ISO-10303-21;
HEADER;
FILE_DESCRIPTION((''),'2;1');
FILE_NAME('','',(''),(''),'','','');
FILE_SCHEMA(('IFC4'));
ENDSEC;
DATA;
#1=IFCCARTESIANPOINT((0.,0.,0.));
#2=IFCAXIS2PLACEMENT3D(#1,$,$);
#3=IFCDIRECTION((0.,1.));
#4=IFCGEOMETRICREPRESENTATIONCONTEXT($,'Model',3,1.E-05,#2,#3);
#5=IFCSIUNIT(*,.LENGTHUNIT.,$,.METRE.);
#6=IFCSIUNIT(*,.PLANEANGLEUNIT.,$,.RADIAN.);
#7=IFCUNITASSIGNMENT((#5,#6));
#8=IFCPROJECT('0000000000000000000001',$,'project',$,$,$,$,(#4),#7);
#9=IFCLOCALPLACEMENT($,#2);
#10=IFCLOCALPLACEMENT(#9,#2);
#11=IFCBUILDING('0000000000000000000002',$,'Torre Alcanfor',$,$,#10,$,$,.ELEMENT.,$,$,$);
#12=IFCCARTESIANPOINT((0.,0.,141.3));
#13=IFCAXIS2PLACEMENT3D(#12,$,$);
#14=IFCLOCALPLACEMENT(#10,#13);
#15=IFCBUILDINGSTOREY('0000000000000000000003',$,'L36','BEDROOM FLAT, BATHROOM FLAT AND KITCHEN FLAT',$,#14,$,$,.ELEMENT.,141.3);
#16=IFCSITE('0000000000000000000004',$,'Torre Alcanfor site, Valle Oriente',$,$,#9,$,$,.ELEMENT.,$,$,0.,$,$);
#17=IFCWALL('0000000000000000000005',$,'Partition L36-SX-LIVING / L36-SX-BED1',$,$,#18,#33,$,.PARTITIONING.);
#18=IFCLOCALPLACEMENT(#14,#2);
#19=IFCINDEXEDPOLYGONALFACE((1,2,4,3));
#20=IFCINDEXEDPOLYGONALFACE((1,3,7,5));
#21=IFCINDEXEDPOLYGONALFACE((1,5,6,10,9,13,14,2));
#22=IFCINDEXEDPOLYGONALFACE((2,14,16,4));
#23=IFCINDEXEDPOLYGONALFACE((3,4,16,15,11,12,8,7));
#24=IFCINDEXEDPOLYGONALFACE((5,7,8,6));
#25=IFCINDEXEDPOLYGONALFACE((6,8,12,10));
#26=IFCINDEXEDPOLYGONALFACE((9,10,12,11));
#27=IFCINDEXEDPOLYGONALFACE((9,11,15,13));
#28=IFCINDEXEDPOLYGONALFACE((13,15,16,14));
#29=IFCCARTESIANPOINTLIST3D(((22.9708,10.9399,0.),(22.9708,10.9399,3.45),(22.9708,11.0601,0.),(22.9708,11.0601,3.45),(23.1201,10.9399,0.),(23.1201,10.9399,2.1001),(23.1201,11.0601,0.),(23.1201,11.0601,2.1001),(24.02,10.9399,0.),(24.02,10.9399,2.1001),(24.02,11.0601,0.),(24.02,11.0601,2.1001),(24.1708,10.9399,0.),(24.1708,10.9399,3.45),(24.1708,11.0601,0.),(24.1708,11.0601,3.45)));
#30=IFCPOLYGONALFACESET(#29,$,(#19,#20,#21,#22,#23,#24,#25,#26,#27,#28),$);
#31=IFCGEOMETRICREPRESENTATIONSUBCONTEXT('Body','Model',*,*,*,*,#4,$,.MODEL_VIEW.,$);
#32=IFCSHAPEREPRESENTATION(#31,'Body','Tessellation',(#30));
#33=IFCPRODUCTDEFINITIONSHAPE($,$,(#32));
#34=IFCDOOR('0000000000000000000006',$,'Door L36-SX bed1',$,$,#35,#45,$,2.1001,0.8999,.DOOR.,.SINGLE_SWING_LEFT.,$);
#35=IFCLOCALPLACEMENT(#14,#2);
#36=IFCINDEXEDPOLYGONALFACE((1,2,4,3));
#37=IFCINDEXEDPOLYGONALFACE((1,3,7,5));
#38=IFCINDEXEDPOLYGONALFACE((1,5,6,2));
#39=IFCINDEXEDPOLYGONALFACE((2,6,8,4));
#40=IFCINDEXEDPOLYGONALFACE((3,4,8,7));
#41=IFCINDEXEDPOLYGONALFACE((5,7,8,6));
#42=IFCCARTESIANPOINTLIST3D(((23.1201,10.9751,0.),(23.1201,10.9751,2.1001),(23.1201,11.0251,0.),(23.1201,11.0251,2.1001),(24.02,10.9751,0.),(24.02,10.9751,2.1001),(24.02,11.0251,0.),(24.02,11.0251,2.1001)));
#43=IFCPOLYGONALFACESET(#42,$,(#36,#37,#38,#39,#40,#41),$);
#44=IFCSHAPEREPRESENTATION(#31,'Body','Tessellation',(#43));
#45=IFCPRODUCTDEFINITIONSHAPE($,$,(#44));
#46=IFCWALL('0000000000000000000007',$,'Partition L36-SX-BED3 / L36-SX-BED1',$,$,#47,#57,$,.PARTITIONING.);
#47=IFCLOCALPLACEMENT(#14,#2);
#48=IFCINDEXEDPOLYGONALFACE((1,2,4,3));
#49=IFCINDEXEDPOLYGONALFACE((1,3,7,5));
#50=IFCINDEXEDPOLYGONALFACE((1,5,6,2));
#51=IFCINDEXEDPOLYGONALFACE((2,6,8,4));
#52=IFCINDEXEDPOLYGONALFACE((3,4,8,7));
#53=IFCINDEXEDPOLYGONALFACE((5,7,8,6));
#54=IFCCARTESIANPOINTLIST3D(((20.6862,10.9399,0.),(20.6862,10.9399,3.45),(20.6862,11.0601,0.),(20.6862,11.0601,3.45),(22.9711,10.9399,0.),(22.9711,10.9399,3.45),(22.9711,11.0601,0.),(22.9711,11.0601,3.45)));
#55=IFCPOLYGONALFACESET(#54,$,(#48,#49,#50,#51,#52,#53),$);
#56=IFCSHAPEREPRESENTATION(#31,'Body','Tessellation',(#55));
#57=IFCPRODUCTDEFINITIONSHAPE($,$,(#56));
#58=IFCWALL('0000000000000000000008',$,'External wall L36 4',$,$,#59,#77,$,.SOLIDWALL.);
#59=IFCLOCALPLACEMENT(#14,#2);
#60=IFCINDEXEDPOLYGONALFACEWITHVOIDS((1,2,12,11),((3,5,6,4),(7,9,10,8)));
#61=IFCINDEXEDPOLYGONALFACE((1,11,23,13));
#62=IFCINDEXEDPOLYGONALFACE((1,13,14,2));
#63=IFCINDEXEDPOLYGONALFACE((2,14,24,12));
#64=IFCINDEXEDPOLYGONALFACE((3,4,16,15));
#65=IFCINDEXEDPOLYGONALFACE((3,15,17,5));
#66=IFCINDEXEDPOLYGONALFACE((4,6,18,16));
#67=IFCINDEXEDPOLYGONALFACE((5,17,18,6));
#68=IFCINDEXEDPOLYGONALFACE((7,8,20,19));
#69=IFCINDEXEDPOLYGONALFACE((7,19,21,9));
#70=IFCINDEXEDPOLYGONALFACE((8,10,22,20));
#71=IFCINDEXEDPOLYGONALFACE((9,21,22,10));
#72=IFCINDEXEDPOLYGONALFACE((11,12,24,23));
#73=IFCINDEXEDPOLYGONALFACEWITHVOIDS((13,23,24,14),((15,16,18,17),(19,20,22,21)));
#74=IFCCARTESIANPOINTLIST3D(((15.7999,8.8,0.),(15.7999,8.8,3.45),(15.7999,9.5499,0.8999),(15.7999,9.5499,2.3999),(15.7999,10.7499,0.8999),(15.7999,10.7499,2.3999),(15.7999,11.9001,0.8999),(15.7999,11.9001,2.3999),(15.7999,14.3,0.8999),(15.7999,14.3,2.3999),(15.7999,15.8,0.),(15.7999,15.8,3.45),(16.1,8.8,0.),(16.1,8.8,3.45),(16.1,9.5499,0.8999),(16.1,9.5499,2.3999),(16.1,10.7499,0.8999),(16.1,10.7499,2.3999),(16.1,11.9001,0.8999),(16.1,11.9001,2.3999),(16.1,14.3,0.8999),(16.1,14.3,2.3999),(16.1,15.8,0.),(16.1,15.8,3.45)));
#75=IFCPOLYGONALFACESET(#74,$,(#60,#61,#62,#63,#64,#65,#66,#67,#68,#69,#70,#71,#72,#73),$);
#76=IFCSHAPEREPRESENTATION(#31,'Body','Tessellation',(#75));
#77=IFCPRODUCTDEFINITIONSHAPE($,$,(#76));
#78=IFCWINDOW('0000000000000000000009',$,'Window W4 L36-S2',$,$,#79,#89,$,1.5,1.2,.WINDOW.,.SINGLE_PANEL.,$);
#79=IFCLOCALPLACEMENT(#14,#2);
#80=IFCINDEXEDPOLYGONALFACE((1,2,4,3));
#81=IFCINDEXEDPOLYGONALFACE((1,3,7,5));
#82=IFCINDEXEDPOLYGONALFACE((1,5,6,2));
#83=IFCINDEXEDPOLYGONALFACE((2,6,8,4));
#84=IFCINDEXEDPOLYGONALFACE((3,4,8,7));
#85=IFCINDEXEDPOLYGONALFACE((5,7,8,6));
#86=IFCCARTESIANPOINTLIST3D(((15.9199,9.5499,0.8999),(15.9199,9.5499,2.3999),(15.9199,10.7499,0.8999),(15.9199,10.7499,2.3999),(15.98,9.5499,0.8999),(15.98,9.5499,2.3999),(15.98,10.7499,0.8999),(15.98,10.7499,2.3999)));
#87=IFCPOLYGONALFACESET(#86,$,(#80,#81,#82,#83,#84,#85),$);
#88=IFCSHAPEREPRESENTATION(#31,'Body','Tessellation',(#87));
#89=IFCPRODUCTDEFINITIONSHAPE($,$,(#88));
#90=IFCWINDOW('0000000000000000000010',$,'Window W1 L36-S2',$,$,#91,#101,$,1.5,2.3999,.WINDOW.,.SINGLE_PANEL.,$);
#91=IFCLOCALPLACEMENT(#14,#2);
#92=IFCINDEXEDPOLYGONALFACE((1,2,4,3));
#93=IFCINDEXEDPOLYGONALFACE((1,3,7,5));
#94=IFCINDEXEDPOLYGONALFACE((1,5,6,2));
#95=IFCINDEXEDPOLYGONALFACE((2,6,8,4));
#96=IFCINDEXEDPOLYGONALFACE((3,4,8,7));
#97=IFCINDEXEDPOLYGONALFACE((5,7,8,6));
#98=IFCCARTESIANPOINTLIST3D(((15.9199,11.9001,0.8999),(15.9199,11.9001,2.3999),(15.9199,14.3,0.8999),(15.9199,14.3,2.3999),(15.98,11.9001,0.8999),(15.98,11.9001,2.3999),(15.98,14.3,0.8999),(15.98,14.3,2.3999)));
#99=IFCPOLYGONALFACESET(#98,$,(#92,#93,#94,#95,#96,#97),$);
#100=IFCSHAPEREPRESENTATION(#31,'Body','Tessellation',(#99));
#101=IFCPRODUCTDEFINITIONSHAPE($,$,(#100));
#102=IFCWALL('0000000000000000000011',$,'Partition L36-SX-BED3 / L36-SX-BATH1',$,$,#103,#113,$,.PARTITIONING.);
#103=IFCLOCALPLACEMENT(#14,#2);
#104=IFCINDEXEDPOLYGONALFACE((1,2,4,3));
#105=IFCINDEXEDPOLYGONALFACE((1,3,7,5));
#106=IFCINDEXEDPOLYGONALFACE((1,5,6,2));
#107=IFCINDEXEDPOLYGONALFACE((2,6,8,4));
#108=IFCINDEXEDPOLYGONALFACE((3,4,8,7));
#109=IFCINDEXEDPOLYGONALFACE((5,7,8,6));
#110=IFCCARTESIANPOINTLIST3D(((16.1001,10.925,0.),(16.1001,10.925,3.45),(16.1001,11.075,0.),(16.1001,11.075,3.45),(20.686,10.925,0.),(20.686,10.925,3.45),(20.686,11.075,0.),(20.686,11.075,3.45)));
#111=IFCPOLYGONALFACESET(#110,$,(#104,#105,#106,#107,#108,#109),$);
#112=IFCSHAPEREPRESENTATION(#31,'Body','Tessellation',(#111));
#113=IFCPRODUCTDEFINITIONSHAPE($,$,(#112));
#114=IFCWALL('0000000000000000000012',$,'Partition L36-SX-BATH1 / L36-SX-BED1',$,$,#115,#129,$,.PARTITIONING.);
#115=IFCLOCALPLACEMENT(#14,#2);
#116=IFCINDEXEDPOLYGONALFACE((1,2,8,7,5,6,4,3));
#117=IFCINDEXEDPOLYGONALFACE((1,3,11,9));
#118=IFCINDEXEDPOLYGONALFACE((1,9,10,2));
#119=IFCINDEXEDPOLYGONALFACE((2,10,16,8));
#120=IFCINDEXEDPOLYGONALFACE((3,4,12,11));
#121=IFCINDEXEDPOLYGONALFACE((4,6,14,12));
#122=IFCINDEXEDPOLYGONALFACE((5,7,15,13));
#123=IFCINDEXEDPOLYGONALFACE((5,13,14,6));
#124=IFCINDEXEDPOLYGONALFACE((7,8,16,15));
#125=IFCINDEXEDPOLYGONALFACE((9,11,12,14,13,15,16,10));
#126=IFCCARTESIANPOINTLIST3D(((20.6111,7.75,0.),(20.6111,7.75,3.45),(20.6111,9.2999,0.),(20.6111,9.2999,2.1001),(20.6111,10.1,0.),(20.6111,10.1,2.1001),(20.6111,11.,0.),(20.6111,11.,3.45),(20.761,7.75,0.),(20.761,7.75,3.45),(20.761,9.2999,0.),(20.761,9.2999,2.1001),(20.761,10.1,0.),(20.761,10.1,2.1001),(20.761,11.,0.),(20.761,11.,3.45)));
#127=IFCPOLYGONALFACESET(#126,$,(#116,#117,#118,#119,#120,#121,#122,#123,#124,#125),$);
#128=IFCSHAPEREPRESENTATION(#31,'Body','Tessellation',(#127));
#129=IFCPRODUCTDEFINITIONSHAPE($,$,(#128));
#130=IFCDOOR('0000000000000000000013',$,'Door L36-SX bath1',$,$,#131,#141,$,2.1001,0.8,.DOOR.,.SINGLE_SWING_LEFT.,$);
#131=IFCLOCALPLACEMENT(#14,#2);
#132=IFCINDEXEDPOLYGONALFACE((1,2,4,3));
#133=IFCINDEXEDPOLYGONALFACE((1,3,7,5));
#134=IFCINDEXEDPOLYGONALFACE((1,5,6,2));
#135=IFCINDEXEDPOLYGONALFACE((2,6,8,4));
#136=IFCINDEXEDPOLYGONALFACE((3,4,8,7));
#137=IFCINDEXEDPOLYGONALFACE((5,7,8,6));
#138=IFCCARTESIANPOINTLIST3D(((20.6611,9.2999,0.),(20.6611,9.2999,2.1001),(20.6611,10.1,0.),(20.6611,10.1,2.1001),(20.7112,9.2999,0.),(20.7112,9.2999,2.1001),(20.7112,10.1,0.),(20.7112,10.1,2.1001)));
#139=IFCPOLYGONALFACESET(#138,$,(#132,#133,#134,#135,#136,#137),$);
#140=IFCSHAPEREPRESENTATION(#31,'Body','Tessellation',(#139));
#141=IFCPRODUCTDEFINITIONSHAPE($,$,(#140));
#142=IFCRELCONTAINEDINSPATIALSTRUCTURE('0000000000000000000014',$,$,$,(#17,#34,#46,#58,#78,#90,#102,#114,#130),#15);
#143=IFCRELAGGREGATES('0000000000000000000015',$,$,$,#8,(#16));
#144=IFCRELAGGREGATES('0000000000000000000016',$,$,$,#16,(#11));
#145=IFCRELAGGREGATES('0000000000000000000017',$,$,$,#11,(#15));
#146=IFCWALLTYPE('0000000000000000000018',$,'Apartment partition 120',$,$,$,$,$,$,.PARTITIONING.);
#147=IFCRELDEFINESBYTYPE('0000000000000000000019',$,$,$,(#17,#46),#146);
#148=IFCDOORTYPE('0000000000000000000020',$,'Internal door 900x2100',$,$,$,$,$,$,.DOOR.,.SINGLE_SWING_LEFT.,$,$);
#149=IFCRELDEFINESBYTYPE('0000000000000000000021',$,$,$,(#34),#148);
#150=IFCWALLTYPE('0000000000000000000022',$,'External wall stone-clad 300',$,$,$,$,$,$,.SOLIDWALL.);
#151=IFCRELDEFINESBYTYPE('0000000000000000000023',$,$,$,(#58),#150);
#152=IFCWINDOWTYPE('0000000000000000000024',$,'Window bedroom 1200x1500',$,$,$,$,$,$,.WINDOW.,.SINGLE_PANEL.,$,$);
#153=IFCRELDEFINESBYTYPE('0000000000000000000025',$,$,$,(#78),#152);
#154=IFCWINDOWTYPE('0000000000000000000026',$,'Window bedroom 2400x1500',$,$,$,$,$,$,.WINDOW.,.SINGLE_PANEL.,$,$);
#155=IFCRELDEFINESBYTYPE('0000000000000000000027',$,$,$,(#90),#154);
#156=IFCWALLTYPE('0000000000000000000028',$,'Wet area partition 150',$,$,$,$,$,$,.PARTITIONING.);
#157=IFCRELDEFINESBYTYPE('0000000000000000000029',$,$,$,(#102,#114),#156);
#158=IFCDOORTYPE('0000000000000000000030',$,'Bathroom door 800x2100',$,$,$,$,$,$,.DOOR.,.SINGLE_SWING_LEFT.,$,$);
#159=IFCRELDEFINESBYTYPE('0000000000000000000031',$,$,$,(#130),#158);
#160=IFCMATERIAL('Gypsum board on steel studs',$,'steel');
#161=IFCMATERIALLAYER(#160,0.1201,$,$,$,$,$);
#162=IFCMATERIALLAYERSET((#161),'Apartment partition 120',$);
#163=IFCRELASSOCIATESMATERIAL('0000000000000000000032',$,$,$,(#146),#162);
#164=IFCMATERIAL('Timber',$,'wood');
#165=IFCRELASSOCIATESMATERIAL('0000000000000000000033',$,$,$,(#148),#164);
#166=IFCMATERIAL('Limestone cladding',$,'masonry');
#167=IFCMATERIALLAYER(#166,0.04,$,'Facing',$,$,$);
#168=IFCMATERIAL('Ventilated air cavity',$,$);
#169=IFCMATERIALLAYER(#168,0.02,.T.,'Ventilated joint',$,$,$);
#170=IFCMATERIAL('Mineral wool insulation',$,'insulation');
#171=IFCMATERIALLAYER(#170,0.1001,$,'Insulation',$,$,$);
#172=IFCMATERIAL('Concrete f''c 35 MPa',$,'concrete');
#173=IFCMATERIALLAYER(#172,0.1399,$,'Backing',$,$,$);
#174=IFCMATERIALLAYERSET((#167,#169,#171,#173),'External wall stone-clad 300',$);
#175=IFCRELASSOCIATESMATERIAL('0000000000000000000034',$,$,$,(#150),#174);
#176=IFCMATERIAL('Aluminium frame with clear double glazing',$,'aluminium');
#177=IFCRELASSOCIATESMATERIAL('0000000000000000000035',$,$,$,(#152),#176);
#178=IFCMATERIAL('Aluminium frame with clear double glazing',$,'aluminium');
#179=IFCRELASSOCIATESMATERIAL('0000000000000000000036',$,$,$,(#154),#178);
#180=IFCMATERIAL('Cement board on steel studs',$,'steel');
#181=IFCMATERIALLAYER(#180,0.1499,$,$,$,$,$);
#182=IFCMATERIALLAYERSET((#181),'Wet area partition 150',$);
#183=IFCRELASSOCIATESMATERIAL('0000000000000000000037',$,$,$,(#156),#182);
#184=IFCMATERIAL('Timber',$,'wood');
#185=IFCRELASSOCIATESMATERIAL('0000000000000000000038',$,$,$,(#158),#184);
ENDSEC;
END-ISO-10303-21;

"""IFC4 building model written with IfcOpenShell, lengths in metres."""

from ifc_helpers import new_model, si_unit, direction, frame, frame_2d, origin, place, context, subcontext, project, spatial, rectangle, extrude, material, layer, layer_set, type_object, element, fill, save


model = new_model("IFC4")

# Units and contexts
model_context = context("Model", 3, precision=1e-05, world=origin(), true_north=direction((0.0, 1.0)))
body_context = subcontext(model_context, "Body", "Model", "MODEL_VIEW")
ifc_project = project(units=[si_unit("LENGTHUNIT", "METRE"), si_unit("PLANEANGLEUNIT", "RADIAN")], contexts=[model_context])

# Site, building, storey
site_placement = place(None, origin())
site = spatial("IfcSite", under=ifc_project, at=site_placement, Name="Torre Alcanfor site, Valle Oriente", CompositionType="ELEMENT", RefElevation=0.0)
building_placement = place(site_placement, origin())
building = spatial("IfcBuilding", under=site, at=building_placement, Name="Torre Alcanfor", CompositionType="ELEMENT")
storey_placement = place(building_placement, frame((0.0, 0.0, 141.3)))
storey = spatial("IfcBuildingStorey", under=building, at=storey_placement, Name="L36", Description="BEDROOM FLAT, BATHROOM FLAT AND KITCHEN FLAT", CompositionType="ELEMENT", Elevation=141.3)

# Shared definitions
ifc_material_1 = material(Name="Gypsum board on steel studs", Category="steel")
ifc_layer_1 = layer(ifc_material_1, 0.1201)
ifc_layer_set_1 = layer_set([ifc_layer_1], Name="Apartment partition 120")
wall_type_1 = type_object("IfcWallType", Name="Apartment partition 120", PredefinedType="PARTITIONING", material=ifc_layer_set_1)

# Shared definitions
ifc_material_2 = material(Name="Timber", Category="wood")
door_type_1 = type_object("IfcDoorType", Name="Internal door 900x2100", OperationType="SINGLE_SWING_LEFT", PredefinedType="DOOR", material=ifc_material_2)

# Wall, opening, door
wall_1_placement = place(storey_placement, frame((24.1709, 11.0, 0.0), z_axis=(0.0, 0.0, 1.0), x_axis=(-1.0, 0.0, 0.0)))
wall_1 = element("IfcWall", 1, at=wall_1_placement, inside=storey, type_object=wall_type_1, Name="Partition L36-SX-LIVING / L36-SX-BED1", PredefinedType="PARTITIONING", context=body_context, shape_type="SweptSolid", body=[
    extrude(rectangle(XDim=1.2, YDim=0.1201, at=frame_2d((0.6001, 0.0))), origin(), (0.0, 0.0, 1.0), 3.45),
])
opening_1_placement = place(wall_1_placement, frame((0.1509, 0.0, 0.0)))
opening_1 = element("IfcOpeningElement", 2, at=opening_1_placement, cuts=wall_1, PredefinedType="OPENING", context=body_context, shape_type="SweptSolid", body=[
    extrude(rectangle(XDim=0.8999, YDim=2.1001, at=frame_2d((0.45, 1.05))), frame((0.0, 0.0701, 0.0), z_axis=(0.0, -1.0, 0.0), x_axis=(1.0, 0.0, 0.0)), (0.0, 0.0, 1.0), 0.1401),
])
door_1_placement = place(opening_1_placement, origin())
door_1 = element("IfcDoor", 3, at=door_1_placement, inside=storey, type_object=door_type_1, Name="Door L36-SX bed1", OperationType="SINGLE_SWING_LEFT", OverallHeight=2.1001, OverallWidth=0.8999, PredefinedType="DOOR", context=body_context, shape_type="SweptSolid", body=[
    extrude(rectangle(XDim=0.8999, YDim=2.1001, at=frame_2d((0.45, 1.05))), frame((0.0, 0.0249, 0.0), z_axis=(0.0, -1.0, 0.0), x_axis=(1.0, 0.0, 0.0)), (0.0, 0.0, 1.0), 0.05),
])
fill(opening_1, door_1)

# Wall
wall_2_placement = place(storey_placement, frame((20.686, 11.0, 0.0), z_axis=(0.0, 0.0, 1.0), x_axis=(1.0, 0.0, 0.0)))
element("IfcWall", 4, at=wall_2_placement, inside=storey, type_object=wall_type_1, Name="Partition L36-SX-BED3 / L36-SX-BED1", PredefinedType="PARTITIONING", context=body_context, shape_type="SweptSolid", body=[
    extrude(rectangle(XDim=2.2849, YDim=0.1201, at=frame_2d((1.1426, 0.0))), origin(), (0.0, 0.0, 1.0), 3.45),
])

# Wall, openings, windows
ifc_material_3 = material(Name="Limestone cladding", Category="masonry")
ifc_layer_2 = layer(ifc_material_3, 0.04, Name="Facing")
ifc_material_4 = material(Name="Ventilated air cavity")
ifc_layer_3 = layer(ifc_material_4, 0.02, ventilated=True, Name="Ventilated joint")
ifc_material_5 = material(Name="Mineral wool insulation", Category="insulation")
ifc_layer_4 = layer(ifc_material_5, 0.1001, Name="Insulation")
ifc_material_6 = material(Name="Concrete f'c 35 MPa", Category="concrete")
ifc_layer_5 = layer(ifc_material_6, 0.1399, Name="Backing")
ifc_layer_set_2 = layer_set([ifc_layer_2, ifc_layer_3, ifc_layer_4, ifc_layer_5], Name="External wall stone-clad 300")
wall_type_2 = type_object("IfcWallType", Name="External wall stone-clad 300", PredefinedType="SOLIDWALL", material=ifc_layer_set_2)
wall_3_placement = place(storey_placement, frame((15.95, 15.8, 0.0), z_axis=(0.0, 0.0, 1.0), x_axis=(0.0, -1.0, 0.0)))
wall_3 = element("IfcWall", 5, at=wall_3_placement, inside=storey, type_object=wall_type_2, Name="External wall L36 4", PredefinedType="SOLIDWALL", context=body_context, shape_type="SweptSolid", body=[
    extrude(rectangle(XDim=7.0, YDim=0.3, at=frame_2d((3.5, 0.0))), origin(), (0.0, 0.0, 1.0), 3.45),
])
opening_2_placement = place(wall_3_placement, frame((1.5, 0.0, 0.8999)))
opening_2 = element("IfcOpeningElement", 6, at=opening_2_placement, cuts=wall_3, PredefinedType="OPENING", context=body_context, shape_type="SweptSolid", body=[
    extrude(rectangle(XDim=2.3999, YDim=1.5, at=frame_2d((1.2, 0.75))), frame((0.0, 0.1599, 0.0), z_axis=(0.0, -1.0, 0.0), x_axis=(1.0, 0.0, 0.0)), (0.0, 0.0, 1.0), 0.3201),
])
opening_3_placement = place(wall_3_placement, frame((5.05, 0.0, 0.8999)))
opening_3 = element("IfcOpeningElement", 7, at=opening_3_placement, cuts=wall_3, PredefinedType="OPENING", context=body_context, shape_type="SweptSolid", body=[
    extrude(rectangle(XDim=1.2, YDim=1.5, at=frame_2d((0.6001, 0.75))), frame((0.0, 0.1599, 0.0), z_axis=(0.0, -1.0, 0.0), x_axis=(1.0, 0.0, 0.0)), (0.0, 0.0, 1.0), 0.3201),
])
ifc_material_7 = material(Name="Aluminium frame with clear double glazing", Category="aluminium")
window_type_1 = type_object("IfcWindowType", Name="Window bedroom 1200x1500", PartitioningType="SINGLE_PANEL", PredefinedType="WINDOW", material=ifc_material_7)
window_1_placement = place(opening_3_placement, origin())
window_1 = element("IfcWindow", 8, at=window_1_placement, inside=storey, type_object=window_type_1, Name="Window W4 L36-S2", OverallHeight=1.5, OverallWidth=1.2, PartitioningType="SINGLE_PANEL", PredefinedType="WINDOW", context=body_context, shape_type="SweptSolid", body=[
    extrude(rectangle(XDim=1.2, YDim=1.5, at=frame_2d((0.6001, 0.75))), frame((0.0, 0.03, 0.0), z_axis=(0.0, -1.0, 0.0), x_axis=(1.0, 0.0, 0.0)), (0.0, 0.0, 1.0), 0.0601),
])
fill(opening_3, window_1)
ifc_material_8 = material(Name="Aluminium frame with clear double glazing", Category="aluminium")
window_type_2 = type_object("IfcWindowType", Name="Window bedroom 2400x1500", PartitioningType="SINGLE_PANEL", PredefinedType="WINDOW", material=ifc_material_8)
window_2_placement = place(opening_2_placement, origin())
window_2 = element("IfcWindow", 9, at=window_2_placement, inside=storey, type_object=window_type_2, Name="Window W1 L36-S2", OverallHeight=1.5, OverallWidth=2.3999, PartitioningType="SINGLE_PANEL", PredefinedType="WINDOW", context=body_context, shape_type="SweptSolid", body=[
    extrude(rectangle(XDim=2.3999, YDim=1.5, at=frame_2d((1.2, 0.75))), frame((0.0, 0.03, 0.0), z_axis=(0.0, -1.0, 0.0), x_axis=(1.0, 0.0, 0.0)), (0.0, 0.0, 1.0), 0.0601),
])
fill(opening_2, window_2)

# Wall
ifc_material_9 = material(Name="Cement board on steel studs", Category="steel")
ifc_layer_6 = layer(ifc_material_9, 0.1499)
ifc_layer_set_3 = layer_set([ifc_layer_6], Name="Wet area partition 150")
wall_type_3 = type_object("IfcWallType", Name="Wet area partition 150", PredefinedType="PARTITIONING", material=ifc_layer_set_3)
wall_4_placement = place(storey_placement, frame((16.1001, 11.0, 0.0), z_axis=(0.0, 0.0, 1.0), x_axis=(1.0, 0.0, 0.0)))
element("IfcWall", 10, at=wall_4_placement, inside=storey, type_object=wall_type_3, Name="Partition L36-SX-BED3 / L36-SX-BATH1", PredefinedType="PARTITIONING", context=body_context, shape_type="SweptSolid", body=[
    extrude(rectangle(XDim=4.5859, YDim=0.1499, at=frame_2d((2.293, 0.0))), origin(), (0.0, 0.0, 1.0), 3.45),
])

# Wall, opening, door
wall_5_placement = place(storey_placement, frame((20.686, 7.75, 0.0), z_axis=(0.0, 0.0, 1.0), x_axis=(0.0, 1.0, 0.0)))
wall_5 = element("IfcWall", 11, at=wall_5_placement, inside=storey, type_object=wall_type_3, Name="Partition L36-SX-BATH1 / L36-SX-BED1", PredefinedType="PARTITIONING", context=body_context, shape_type="SweptSolid", body=[
    extrude(rectangle(XDim=3.25, YDim=0.1499, at=frame_2d((1.625, 0.0))), origin(), (0.0, 0.0, 1.0), 3.45),
])
opening_4_placement = place(wall_5_placement, frame((1.55, 0.0, 0.0)))
opening_4 = element("IfcOpeningElement", 12, at=opening_4_placement, cuts=wall_5, PredefinedType="OPENING", context=body_context, shape_type="SweptSolid", body=[
    extrude(rectangle(XDim=0.8, YDim=2.1001, at=frame_2d((0.3999, 1.05))), frame((0.0, 0.085, 0.0), z_axis=(0.0, -1.0, 0.0), x_axis=(1.0, 0.0, 0.0)), (0.0, 0.0, 1.0), 0.1699),
])
ifc_material_10 = material(Name="Timber", Category="wood")
door_type_2 = type_object("IfcDoorType", Name="Bathroom door 800x2100", OperationType="SINGLE_SWING_LEFT", PredefinedType="DOOR", material=ifc_material_10)
door_2_placement = place(opening_4_placement, frame((0.8, 0.0, 0.0), z_axis=(0.0, 0.0, 1.0), x_axis=(-1.0, 0.0, 0.0)))
door_2 = element("IfcDoor", 13, at=door_2_placement, inside=storey, type_object=door_type_2, Name="Door L36-SX bath1", OperationType="SINGLE_SWING_LEFT", OverallHeight=2.1001, OverallWidth=0.8, PredefinedType="DOOR", context=body_context, shape_type="SweptSolid", body=[
    extrude(rectangle(XDim=0.8, YDim=2.1001, at=frame_2d((0.4001, 1.05))), frame((0.0, 0.0251, 0.0), z_axis=(0.0, -1.0, 0.0), x_axis=(1.0, 0.0, 0.0)), (0.0, 0.0, 1.0), 0.05),
])
fill(opening_4, door_2)

save(model, "model.ifc")
